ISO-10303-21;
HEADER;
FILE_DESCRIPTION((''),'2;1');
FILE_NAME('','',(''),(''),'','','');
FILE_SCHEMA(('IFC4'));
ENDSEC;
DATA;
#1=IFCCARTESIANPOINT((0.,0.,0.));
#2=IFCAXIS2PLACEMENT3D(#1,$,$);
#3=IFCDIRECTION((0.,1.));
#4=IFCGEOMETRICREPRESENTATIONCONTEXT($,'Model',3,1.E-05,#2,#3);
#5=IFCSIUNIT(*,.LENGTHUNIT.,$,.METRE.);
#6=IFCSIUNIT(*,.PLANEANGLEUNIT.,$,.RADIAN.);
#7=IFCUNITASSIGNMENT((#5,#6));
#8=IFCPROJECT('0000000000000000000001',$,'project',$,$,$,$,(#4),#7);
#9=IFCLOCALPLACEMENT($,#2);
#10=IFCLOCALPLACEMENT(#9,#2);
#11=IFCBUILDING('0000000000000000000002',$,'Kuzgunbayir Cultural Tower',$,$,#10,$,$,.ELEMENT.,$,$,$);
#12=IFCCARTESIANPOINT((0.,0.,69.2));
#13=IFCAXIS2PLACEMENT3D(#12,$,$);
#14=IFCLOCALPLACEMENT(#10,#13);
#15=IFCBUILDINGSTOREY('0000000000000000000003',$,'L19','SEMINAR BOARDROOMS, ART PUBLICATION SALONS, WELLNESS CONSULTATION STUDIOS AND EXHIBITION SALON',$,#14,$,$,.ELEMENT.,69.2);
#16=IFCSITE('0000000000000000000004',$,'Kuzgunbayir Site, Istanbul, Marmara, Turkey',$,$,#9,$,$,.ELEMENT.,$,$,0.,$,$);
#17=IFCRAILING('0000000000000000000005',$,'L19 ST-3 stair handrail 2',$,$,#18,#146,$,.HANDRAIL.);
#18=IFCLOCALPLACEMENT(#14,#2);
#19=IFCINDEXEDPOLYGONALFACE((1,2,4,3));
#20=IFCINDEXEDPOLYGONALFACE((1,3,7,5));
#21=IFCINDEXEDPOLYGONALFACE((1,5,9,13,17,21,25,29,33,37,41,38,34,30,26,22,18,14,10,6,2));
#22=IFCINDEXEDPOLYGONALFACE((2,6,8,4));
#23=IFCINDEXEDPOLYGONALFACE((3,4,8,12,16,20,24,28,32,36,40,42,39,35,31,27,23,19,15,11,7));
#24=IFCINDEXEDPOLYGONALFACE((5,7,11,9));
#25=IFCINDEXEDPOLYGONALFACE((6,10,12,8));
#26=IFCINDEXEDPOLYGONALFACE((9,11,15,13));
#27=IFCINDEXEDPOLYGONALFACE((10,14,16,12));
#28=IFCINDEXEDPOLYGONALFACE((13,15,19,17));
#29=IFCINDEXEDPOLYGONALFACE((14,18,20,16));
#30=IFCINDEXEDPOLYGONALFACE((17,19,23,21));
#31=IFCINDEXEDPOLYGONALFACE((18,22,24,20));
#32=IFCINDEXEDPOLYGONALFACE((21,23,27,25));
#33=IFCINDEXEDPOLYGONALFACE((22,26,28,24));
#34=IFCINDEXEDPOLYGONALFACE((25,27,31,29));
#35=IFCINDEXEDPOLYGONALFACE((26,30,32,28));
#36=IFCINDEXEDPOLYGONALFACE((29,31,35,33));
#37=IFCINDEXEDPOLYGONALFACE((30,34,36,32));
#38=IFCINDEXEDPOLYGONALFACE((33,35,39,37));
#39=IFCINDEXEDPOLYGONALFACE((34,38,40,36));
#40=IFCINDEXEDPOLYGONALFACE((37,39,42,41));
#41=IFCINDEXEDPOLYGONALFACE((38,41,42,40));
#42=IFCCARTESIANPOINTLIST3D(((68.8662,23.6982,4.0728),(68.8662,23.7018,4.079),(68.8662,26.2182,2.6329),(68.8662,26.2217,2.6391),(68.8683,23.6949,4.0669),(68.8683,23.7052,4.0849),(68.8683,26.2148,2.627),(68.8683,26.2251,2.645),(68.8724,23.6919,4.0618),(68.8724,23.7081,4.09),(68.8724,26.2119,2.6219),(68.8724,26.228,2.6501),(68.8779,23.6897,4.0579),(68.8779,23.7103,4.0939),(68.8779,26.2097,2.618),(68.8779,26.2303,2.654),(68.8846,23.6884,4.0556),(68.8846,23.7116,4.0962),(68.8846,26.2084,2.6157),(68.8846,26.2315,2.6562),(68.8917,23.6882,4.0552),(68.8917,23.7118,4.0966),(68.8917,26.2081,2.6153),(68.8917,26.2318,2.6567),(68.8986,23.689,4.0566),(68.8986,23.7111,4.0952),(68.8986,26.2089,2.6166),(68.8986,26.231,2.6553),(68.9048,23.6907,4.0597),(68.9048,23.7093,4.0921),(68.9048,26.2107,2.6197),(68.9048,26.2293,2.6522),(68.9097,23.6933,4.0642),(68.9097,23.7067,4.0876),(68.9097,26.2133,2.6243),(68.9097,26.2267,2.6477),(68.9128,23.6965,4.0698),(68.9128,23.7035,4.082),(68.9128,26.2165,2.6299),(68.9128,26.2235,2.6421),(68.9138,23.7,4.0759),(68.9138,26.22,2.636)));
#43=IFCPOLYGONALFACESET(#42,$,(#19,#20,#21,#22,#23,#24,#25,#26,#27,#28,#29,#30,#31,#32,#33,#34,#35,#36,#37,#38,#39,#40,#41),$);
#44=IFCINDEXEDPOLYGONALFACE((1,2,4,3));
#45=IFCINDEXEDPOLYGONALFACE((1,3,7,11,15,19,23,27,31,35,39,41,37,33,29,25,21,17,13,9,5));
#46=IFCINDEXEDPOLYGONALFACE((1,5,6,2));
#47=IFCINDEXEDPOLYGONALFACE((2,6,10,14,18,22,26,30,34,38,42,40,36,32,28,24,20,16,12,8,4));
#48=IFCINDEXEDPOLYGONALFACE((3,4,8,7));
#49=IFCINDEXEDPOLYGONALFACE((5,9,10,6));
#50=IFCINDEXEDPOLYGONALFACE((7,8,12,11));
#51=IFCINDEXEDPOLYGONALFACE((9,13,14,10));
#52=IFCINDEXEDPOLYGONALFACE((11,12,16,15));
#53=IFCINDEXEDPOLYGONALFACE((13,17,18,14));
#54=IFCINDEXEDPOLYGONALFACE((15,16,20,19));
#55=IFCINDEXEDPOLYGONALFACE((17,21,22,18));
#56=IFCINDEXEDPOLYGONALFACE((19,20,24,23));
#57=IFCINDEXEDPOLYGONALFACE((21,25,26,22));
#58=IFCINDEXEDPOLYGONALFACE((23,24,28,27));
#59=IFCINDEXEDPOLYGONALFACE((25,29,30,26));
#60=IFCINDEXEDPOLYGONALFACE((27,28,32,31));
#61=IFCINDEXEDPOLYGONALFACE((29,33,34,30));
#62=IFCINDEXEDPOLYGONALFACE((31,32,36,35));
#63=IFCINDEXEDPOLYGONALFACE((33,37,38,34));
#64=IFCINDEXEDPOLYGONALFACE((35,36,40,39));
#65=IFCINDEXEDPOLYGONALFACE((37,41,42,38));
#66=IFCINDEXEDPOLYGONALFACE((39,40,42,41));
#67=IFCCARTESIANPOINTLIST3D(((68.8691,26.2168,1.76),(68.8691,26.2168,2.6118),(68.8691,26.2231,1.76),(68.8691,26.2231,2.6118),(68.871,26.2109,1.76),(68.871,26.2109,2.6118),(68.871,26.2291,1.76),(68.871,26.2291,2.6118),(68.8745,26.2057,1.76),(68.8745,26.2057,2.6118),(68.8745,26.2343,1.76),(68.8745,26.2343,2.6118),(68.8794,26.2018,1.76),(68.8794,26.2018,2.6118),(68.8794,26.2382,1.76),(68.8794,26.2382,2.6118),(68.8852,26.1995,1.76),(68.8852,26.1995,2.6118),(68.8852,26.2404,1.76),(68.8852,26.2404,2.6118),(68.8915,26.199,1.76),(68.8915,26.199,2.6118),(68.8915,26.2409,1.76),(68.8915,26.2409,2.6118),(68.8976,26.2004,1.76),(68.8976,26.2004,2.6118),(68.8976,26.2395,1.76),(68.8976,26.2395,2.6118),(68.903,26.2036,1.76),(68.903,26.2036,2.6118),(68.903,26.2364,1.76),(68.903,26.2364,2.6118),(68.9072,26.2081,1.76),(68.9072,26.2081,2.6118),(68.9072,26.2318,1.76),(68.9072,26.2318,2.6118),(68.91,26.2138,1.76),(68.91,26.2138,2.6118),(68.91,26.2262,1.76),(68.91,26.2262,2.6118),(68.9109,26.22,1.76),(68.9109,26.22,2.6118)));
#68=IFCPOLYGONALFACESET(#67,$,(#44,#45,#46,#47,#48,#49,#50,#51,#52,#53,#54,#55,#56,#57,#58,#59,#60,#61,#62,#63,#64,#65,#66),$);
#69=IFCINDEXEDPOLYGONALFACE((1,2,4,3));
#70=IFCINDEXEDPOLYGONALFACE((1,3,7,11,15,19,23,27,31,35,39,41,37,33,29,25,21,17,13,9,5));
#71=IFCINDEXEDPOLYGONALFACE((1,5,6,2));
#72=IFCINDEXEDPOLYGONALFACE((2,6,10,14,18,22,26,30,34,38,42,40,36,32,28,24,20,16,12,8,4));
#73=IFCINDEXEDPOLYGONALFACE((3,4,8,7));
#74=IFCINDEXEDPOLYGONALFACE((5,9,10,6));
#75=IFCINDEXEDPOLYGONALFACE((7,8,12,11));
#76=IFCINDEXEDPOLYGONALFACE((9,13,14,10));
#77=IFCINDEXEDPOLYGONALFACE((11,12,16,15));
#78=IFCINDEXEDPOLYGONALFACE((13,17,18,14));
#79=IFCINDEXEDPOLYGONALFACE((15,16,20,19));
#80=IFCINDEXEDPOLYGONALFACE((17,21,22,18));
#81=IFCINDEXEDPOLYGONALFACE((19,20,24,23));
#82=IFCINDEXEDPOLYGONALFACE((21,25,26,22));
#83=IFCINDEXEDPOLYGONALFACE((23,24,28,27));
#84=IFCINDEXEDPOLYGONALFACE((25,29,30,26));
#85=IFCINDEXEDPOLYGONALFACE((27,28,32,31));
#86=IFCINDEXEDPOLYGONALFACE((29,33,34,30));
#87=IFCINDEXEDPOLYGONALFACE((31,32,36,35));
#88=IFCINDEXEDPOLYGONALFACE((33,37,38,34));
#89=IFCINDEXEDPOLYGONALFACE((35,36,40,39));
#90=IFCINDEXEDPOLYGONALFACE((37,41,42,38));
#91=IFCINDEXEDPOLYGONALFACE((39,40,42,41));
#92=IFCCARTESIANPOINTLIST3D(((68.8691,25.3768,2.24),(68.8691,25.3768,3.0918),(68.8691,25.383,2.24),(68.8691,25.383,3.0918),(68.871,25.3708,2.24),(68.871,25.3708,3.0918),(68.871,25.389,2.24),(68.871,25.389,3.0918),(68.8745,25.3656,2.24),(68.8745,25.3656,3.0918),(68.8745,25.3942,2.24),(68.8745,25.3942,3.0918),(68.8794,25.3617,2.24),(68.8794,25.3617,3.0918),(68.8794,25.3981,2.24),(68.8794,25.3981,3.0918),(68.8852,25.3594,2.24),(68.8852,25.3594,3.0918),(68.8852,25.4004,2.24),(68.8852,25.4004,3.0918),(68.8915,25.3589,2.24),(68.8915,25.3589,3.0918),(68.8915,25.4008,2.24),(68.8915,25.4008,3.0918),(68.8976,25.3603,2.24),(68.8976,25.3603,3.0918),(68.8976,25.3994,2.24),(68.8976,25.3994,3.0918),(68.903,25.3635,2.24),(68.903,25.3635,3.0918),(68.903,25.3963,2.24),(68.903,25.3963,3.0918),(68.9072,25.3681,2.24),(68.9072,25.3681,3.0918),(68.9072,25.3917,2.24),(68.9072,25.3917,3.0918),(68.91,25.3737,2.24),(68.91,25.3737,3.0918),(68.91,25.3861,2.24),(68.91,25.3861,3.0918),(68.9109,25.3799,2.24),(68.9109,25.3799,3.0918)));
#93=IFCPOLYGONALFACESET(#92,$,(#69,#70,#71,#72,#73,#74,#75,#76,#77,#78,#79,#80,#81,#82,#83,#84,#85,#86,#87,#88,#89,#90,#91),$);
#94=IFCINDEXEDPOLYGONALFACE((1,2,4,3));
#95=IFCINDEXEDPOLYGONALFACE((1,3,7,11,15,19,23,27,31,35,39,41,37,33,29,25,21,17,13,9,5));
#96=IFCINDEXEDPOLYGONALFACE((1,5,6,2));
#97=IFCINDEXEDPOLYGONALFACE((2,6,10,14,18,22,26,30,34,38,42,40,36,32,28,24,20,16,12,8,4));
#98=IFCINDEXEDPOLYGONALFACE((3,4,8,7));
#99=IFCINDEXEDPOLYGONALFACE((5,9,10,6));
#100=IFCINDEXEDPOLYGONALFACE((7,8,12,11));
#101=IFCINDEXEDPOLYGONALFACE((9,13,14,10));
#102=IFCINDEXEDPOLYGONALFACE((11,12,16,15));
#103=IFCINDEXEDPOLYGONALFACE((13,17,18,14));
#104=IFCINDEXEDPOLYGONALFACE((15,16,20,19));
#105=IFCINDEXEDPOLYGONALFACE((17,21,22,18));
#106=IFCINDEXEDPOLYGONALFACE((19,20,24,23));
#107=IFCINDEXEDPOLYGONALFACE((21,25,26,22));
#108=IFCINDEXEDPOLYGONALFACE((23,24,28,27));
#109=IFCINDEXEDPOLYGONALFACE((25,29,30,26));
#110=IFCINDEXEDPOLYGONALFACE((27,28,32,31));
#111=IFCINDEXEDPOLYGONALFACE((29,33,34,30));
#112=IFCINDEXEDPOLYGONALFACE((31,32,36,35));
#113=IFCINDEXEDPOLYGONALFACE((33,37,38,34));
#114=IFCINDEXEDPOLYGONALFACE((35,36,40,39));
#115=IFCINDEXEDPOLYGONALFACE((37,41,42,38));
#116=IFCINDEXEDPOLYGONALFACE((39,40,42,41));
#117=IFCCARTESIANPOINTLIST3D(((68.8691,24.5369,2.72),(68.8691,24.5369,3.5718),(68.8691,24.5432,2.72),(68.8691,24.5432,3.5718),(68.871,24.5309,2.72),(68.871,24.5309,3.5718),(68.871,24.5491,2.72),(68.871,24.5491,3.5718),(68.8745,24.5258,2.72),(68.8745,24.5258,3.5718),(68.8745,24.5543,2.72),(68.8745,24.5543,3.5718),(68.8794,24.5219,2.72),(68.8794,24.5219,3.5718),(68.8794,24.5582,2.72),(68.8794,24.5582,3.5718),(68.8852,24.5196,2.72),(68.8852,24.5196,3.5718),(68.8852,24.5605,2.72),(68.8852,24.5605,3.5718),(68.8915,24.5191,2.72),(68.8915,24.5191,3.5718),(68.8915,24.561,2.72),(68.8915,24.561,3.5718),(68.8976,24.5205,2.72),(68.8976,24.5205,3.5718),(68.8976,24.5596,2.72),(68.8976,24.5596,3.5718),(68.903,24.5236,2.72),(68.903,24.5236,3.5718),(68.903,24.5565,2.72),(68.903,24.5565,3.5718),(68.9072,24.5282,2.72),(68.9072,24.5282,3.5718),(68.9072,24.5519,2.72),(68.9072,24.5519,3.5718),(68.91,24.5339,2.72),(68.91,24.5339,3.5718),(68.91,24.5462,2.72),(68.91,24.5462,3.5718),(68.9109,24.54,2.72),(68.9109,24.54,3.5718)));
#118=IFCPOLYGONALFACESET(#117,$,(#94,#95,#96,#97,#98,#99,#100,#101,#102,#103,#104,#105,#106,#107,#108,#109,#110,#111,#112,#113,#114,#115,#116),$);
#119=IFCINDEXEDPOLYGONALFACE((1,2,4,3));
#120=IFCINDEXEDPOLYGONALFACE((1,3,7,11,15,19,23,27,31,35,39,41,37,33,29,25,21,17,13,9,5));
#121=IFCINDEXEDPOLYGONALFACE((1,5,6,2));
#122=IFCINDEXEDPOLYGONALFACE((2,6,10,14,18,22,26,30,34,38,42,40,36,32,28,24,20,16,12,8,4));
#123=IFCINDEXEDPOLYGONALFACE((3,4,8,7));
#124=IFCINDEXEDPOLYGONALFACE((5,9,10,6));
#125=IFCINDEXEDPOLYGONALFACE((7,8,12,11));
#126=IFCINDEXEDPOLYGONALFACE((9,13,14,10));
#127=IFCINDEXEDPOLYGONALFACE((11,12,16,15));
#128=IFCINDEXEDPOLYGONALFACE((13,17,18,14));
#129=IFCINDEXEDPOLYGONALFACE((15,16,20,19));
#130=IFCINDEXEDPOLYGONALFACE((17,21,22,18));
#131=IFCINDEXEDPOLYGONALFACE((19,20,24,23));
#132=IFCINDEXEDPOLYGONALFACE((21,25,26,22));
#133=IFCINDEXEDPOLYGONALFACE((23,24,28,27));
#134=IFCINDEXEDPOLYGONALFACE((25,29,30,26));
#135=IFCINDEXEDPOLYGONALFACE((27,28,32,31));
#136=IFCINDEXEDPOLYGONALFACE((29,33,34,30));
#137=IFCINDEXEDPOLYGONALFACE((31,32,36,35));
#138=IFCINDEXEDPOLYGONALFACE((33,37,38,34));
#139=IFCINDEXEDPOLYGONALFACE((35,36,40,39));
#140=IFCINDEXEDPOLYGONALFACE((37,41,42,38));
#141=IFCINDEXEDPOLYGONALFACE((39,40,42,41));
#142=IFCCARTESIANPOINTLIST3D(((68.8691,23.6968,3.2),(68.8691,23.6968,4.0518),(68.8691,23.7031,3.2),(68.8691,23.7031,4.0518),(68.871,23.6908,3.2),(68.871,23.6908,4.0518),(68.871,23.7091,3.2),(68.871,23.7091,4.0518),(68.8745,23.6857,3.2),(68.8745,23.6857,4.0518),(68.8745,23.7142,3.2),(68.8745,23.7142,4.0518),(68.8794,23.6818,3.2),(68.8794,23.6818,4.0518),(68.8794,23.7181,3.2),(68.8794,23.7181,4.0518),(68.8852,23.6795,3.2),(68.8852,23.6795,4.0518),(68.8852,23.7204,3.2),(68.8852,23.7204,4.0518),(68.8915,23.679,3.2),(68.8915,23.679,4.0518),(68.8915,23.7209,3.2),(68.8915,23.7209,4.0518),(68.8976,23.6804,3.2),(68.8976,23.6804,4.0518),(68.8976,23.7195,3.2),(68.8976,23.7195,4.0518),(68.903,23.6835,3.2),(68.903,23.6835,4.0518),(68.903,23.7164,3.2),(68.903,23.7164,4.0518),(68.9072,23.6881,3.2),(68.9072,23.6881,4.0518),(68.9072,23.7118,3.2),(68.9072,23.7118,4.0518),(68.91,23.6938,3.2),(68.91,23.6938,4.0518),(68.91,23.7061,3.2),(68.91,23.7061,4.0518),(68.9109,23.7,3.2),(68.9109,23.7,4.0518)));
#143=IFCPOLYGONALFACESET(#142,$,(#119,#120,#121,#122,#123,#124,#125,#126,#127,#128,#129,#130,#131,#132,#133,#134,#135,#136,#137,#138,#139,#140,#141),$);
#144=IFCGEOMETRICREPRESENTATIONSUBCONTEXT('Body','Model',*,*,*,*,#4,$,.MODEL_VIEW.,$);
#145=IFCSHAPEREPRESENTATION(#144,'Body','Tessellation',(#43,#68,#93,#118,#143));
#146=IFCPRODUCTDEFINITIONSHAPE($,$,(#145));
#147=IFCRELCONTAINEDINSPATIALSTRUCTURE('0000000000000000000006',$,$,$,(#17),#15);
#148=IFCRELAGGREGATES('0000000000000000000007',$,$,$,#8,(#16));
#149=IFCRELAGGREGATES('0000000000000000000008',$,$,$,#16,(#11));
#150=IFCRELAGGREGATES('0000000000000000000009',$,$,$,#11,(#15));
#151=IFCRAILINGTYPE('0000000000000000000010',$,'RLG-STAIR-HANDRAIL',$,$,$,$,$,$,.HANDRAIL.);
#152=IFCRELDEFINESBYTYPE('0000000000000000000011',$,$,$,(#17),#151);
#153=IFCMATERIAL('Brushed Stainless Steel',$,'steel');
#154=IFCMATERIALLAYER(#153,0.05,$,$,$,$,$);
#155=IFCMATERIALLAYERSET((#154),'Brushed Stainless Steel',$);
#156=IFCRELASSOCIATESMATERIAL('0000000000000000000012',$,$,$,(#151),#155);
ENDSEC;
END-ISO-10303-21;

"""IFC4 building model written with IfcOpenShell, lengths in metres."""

from ifc_helpers import new_model, si_unit, direction, frame, origin, origin_2d, place, context, subcontext, project, spatial, circle, extrude, material, layer, layer_set, type_object, element, save


model = new_model("IFC4")

# Units and contexts
model_context = context("Model", 3, precision=1e-05, world=origin(), true_north=direction((0.0, 1.0)))
body_context = subcontext(model_context, "Body", "Model", "MODEL_VIEW")
ifc_project = project(units=[si_unit("LENGTHUNIT", "METRE"), si_unit("PLANEANGLEUNIT", "RADIAN")], contexts=[model_context])

# Site, building, storey
site_placement = place(None, origin())
site = spatial("IfcSite", under=ifc_project, at=site_placement, Name="Kuzgunbayir Site, Istanbul, Marmara, Turkey", CompositionType="ELEMENT", RefElevation=0.0)
building_placement = place(site_placement, origin())
building = spatial("IfcBuilding", under=site, at=building_placement, Name="Kuzgunbayir Cultural Tower", CompositionType="ELEMENT")
storey_placement = place(building_placement, frame((0.0, 0.0, 69.2)))
storey = spatial("IfcBuildingStorey", under=building, at=storey_placement, Name="L19", Description="SEMINAR BOARDROOMS, ART PUBLICATION SALONS, WELLNESS CONSULTATION STUDIOS AND EXHIBITION SALON", CompositionType="ELEMENT", Elevation=69.2)

# Railing
ifc_material_1 = material(Name="Brushed Stainless Steel", Category="steel")
ifc_layer_1 = layer(ifc_material_1, 0.05)
ifc_layer_set_1 = layer_set([ifc_layer_1], Name="Brushed Stainless Steel")
railing_type_1 = type_object("IfcRailingType", Name="RLG-STAIR-HANDRAIL", PredefinedType="HANDRAIL", material=ifc_layer_set_1)
railing_1_placement = place(storey_placement, frame((68.8899, 26.22, 1.76)))
element("IfcRailing", 1, at=railing_1_placement, inside=storey, type_object=railing_type_1, Name="L19 ST-3 stair handrail 2", PredefinedType="HANDRAIL", context=body_context, shape_type="SweptSolid", body=[
    extrude(circle(Radius=0.0239, at=origin_2d()), frame((0.0, 0.0, 0.876), z_axis=(0.0, -0.868253, 0.496121), x_axis=(1.0, 0.0, 0.0)), (0.0, 0.0, 1.0), 2.9023),
    extrude(circle(Radius=0.021, at=origin_2d()), origin(), (0.0, 0.0, 1.0), 0.8518),
    extrude(circle(Radius=0.021, at=origin_2d()), frame((0.0, -0.8401, 0.48)), (0.0, 0.0, 1.0), 0.8518),
    extrude(circle(Radius=0.021, at=origin_2d()), frame((0.0, -1.6799, 0.96)), (0.0, 0.0, 1.0), 0.8518),
    extrude(circle(Radius=0.021, at=origin_2d()), frame((0.0, -2.52, 1.4399)), (0.0, 0.0, 1.0), 0.8518),
])

save(model, "model.ifc")
